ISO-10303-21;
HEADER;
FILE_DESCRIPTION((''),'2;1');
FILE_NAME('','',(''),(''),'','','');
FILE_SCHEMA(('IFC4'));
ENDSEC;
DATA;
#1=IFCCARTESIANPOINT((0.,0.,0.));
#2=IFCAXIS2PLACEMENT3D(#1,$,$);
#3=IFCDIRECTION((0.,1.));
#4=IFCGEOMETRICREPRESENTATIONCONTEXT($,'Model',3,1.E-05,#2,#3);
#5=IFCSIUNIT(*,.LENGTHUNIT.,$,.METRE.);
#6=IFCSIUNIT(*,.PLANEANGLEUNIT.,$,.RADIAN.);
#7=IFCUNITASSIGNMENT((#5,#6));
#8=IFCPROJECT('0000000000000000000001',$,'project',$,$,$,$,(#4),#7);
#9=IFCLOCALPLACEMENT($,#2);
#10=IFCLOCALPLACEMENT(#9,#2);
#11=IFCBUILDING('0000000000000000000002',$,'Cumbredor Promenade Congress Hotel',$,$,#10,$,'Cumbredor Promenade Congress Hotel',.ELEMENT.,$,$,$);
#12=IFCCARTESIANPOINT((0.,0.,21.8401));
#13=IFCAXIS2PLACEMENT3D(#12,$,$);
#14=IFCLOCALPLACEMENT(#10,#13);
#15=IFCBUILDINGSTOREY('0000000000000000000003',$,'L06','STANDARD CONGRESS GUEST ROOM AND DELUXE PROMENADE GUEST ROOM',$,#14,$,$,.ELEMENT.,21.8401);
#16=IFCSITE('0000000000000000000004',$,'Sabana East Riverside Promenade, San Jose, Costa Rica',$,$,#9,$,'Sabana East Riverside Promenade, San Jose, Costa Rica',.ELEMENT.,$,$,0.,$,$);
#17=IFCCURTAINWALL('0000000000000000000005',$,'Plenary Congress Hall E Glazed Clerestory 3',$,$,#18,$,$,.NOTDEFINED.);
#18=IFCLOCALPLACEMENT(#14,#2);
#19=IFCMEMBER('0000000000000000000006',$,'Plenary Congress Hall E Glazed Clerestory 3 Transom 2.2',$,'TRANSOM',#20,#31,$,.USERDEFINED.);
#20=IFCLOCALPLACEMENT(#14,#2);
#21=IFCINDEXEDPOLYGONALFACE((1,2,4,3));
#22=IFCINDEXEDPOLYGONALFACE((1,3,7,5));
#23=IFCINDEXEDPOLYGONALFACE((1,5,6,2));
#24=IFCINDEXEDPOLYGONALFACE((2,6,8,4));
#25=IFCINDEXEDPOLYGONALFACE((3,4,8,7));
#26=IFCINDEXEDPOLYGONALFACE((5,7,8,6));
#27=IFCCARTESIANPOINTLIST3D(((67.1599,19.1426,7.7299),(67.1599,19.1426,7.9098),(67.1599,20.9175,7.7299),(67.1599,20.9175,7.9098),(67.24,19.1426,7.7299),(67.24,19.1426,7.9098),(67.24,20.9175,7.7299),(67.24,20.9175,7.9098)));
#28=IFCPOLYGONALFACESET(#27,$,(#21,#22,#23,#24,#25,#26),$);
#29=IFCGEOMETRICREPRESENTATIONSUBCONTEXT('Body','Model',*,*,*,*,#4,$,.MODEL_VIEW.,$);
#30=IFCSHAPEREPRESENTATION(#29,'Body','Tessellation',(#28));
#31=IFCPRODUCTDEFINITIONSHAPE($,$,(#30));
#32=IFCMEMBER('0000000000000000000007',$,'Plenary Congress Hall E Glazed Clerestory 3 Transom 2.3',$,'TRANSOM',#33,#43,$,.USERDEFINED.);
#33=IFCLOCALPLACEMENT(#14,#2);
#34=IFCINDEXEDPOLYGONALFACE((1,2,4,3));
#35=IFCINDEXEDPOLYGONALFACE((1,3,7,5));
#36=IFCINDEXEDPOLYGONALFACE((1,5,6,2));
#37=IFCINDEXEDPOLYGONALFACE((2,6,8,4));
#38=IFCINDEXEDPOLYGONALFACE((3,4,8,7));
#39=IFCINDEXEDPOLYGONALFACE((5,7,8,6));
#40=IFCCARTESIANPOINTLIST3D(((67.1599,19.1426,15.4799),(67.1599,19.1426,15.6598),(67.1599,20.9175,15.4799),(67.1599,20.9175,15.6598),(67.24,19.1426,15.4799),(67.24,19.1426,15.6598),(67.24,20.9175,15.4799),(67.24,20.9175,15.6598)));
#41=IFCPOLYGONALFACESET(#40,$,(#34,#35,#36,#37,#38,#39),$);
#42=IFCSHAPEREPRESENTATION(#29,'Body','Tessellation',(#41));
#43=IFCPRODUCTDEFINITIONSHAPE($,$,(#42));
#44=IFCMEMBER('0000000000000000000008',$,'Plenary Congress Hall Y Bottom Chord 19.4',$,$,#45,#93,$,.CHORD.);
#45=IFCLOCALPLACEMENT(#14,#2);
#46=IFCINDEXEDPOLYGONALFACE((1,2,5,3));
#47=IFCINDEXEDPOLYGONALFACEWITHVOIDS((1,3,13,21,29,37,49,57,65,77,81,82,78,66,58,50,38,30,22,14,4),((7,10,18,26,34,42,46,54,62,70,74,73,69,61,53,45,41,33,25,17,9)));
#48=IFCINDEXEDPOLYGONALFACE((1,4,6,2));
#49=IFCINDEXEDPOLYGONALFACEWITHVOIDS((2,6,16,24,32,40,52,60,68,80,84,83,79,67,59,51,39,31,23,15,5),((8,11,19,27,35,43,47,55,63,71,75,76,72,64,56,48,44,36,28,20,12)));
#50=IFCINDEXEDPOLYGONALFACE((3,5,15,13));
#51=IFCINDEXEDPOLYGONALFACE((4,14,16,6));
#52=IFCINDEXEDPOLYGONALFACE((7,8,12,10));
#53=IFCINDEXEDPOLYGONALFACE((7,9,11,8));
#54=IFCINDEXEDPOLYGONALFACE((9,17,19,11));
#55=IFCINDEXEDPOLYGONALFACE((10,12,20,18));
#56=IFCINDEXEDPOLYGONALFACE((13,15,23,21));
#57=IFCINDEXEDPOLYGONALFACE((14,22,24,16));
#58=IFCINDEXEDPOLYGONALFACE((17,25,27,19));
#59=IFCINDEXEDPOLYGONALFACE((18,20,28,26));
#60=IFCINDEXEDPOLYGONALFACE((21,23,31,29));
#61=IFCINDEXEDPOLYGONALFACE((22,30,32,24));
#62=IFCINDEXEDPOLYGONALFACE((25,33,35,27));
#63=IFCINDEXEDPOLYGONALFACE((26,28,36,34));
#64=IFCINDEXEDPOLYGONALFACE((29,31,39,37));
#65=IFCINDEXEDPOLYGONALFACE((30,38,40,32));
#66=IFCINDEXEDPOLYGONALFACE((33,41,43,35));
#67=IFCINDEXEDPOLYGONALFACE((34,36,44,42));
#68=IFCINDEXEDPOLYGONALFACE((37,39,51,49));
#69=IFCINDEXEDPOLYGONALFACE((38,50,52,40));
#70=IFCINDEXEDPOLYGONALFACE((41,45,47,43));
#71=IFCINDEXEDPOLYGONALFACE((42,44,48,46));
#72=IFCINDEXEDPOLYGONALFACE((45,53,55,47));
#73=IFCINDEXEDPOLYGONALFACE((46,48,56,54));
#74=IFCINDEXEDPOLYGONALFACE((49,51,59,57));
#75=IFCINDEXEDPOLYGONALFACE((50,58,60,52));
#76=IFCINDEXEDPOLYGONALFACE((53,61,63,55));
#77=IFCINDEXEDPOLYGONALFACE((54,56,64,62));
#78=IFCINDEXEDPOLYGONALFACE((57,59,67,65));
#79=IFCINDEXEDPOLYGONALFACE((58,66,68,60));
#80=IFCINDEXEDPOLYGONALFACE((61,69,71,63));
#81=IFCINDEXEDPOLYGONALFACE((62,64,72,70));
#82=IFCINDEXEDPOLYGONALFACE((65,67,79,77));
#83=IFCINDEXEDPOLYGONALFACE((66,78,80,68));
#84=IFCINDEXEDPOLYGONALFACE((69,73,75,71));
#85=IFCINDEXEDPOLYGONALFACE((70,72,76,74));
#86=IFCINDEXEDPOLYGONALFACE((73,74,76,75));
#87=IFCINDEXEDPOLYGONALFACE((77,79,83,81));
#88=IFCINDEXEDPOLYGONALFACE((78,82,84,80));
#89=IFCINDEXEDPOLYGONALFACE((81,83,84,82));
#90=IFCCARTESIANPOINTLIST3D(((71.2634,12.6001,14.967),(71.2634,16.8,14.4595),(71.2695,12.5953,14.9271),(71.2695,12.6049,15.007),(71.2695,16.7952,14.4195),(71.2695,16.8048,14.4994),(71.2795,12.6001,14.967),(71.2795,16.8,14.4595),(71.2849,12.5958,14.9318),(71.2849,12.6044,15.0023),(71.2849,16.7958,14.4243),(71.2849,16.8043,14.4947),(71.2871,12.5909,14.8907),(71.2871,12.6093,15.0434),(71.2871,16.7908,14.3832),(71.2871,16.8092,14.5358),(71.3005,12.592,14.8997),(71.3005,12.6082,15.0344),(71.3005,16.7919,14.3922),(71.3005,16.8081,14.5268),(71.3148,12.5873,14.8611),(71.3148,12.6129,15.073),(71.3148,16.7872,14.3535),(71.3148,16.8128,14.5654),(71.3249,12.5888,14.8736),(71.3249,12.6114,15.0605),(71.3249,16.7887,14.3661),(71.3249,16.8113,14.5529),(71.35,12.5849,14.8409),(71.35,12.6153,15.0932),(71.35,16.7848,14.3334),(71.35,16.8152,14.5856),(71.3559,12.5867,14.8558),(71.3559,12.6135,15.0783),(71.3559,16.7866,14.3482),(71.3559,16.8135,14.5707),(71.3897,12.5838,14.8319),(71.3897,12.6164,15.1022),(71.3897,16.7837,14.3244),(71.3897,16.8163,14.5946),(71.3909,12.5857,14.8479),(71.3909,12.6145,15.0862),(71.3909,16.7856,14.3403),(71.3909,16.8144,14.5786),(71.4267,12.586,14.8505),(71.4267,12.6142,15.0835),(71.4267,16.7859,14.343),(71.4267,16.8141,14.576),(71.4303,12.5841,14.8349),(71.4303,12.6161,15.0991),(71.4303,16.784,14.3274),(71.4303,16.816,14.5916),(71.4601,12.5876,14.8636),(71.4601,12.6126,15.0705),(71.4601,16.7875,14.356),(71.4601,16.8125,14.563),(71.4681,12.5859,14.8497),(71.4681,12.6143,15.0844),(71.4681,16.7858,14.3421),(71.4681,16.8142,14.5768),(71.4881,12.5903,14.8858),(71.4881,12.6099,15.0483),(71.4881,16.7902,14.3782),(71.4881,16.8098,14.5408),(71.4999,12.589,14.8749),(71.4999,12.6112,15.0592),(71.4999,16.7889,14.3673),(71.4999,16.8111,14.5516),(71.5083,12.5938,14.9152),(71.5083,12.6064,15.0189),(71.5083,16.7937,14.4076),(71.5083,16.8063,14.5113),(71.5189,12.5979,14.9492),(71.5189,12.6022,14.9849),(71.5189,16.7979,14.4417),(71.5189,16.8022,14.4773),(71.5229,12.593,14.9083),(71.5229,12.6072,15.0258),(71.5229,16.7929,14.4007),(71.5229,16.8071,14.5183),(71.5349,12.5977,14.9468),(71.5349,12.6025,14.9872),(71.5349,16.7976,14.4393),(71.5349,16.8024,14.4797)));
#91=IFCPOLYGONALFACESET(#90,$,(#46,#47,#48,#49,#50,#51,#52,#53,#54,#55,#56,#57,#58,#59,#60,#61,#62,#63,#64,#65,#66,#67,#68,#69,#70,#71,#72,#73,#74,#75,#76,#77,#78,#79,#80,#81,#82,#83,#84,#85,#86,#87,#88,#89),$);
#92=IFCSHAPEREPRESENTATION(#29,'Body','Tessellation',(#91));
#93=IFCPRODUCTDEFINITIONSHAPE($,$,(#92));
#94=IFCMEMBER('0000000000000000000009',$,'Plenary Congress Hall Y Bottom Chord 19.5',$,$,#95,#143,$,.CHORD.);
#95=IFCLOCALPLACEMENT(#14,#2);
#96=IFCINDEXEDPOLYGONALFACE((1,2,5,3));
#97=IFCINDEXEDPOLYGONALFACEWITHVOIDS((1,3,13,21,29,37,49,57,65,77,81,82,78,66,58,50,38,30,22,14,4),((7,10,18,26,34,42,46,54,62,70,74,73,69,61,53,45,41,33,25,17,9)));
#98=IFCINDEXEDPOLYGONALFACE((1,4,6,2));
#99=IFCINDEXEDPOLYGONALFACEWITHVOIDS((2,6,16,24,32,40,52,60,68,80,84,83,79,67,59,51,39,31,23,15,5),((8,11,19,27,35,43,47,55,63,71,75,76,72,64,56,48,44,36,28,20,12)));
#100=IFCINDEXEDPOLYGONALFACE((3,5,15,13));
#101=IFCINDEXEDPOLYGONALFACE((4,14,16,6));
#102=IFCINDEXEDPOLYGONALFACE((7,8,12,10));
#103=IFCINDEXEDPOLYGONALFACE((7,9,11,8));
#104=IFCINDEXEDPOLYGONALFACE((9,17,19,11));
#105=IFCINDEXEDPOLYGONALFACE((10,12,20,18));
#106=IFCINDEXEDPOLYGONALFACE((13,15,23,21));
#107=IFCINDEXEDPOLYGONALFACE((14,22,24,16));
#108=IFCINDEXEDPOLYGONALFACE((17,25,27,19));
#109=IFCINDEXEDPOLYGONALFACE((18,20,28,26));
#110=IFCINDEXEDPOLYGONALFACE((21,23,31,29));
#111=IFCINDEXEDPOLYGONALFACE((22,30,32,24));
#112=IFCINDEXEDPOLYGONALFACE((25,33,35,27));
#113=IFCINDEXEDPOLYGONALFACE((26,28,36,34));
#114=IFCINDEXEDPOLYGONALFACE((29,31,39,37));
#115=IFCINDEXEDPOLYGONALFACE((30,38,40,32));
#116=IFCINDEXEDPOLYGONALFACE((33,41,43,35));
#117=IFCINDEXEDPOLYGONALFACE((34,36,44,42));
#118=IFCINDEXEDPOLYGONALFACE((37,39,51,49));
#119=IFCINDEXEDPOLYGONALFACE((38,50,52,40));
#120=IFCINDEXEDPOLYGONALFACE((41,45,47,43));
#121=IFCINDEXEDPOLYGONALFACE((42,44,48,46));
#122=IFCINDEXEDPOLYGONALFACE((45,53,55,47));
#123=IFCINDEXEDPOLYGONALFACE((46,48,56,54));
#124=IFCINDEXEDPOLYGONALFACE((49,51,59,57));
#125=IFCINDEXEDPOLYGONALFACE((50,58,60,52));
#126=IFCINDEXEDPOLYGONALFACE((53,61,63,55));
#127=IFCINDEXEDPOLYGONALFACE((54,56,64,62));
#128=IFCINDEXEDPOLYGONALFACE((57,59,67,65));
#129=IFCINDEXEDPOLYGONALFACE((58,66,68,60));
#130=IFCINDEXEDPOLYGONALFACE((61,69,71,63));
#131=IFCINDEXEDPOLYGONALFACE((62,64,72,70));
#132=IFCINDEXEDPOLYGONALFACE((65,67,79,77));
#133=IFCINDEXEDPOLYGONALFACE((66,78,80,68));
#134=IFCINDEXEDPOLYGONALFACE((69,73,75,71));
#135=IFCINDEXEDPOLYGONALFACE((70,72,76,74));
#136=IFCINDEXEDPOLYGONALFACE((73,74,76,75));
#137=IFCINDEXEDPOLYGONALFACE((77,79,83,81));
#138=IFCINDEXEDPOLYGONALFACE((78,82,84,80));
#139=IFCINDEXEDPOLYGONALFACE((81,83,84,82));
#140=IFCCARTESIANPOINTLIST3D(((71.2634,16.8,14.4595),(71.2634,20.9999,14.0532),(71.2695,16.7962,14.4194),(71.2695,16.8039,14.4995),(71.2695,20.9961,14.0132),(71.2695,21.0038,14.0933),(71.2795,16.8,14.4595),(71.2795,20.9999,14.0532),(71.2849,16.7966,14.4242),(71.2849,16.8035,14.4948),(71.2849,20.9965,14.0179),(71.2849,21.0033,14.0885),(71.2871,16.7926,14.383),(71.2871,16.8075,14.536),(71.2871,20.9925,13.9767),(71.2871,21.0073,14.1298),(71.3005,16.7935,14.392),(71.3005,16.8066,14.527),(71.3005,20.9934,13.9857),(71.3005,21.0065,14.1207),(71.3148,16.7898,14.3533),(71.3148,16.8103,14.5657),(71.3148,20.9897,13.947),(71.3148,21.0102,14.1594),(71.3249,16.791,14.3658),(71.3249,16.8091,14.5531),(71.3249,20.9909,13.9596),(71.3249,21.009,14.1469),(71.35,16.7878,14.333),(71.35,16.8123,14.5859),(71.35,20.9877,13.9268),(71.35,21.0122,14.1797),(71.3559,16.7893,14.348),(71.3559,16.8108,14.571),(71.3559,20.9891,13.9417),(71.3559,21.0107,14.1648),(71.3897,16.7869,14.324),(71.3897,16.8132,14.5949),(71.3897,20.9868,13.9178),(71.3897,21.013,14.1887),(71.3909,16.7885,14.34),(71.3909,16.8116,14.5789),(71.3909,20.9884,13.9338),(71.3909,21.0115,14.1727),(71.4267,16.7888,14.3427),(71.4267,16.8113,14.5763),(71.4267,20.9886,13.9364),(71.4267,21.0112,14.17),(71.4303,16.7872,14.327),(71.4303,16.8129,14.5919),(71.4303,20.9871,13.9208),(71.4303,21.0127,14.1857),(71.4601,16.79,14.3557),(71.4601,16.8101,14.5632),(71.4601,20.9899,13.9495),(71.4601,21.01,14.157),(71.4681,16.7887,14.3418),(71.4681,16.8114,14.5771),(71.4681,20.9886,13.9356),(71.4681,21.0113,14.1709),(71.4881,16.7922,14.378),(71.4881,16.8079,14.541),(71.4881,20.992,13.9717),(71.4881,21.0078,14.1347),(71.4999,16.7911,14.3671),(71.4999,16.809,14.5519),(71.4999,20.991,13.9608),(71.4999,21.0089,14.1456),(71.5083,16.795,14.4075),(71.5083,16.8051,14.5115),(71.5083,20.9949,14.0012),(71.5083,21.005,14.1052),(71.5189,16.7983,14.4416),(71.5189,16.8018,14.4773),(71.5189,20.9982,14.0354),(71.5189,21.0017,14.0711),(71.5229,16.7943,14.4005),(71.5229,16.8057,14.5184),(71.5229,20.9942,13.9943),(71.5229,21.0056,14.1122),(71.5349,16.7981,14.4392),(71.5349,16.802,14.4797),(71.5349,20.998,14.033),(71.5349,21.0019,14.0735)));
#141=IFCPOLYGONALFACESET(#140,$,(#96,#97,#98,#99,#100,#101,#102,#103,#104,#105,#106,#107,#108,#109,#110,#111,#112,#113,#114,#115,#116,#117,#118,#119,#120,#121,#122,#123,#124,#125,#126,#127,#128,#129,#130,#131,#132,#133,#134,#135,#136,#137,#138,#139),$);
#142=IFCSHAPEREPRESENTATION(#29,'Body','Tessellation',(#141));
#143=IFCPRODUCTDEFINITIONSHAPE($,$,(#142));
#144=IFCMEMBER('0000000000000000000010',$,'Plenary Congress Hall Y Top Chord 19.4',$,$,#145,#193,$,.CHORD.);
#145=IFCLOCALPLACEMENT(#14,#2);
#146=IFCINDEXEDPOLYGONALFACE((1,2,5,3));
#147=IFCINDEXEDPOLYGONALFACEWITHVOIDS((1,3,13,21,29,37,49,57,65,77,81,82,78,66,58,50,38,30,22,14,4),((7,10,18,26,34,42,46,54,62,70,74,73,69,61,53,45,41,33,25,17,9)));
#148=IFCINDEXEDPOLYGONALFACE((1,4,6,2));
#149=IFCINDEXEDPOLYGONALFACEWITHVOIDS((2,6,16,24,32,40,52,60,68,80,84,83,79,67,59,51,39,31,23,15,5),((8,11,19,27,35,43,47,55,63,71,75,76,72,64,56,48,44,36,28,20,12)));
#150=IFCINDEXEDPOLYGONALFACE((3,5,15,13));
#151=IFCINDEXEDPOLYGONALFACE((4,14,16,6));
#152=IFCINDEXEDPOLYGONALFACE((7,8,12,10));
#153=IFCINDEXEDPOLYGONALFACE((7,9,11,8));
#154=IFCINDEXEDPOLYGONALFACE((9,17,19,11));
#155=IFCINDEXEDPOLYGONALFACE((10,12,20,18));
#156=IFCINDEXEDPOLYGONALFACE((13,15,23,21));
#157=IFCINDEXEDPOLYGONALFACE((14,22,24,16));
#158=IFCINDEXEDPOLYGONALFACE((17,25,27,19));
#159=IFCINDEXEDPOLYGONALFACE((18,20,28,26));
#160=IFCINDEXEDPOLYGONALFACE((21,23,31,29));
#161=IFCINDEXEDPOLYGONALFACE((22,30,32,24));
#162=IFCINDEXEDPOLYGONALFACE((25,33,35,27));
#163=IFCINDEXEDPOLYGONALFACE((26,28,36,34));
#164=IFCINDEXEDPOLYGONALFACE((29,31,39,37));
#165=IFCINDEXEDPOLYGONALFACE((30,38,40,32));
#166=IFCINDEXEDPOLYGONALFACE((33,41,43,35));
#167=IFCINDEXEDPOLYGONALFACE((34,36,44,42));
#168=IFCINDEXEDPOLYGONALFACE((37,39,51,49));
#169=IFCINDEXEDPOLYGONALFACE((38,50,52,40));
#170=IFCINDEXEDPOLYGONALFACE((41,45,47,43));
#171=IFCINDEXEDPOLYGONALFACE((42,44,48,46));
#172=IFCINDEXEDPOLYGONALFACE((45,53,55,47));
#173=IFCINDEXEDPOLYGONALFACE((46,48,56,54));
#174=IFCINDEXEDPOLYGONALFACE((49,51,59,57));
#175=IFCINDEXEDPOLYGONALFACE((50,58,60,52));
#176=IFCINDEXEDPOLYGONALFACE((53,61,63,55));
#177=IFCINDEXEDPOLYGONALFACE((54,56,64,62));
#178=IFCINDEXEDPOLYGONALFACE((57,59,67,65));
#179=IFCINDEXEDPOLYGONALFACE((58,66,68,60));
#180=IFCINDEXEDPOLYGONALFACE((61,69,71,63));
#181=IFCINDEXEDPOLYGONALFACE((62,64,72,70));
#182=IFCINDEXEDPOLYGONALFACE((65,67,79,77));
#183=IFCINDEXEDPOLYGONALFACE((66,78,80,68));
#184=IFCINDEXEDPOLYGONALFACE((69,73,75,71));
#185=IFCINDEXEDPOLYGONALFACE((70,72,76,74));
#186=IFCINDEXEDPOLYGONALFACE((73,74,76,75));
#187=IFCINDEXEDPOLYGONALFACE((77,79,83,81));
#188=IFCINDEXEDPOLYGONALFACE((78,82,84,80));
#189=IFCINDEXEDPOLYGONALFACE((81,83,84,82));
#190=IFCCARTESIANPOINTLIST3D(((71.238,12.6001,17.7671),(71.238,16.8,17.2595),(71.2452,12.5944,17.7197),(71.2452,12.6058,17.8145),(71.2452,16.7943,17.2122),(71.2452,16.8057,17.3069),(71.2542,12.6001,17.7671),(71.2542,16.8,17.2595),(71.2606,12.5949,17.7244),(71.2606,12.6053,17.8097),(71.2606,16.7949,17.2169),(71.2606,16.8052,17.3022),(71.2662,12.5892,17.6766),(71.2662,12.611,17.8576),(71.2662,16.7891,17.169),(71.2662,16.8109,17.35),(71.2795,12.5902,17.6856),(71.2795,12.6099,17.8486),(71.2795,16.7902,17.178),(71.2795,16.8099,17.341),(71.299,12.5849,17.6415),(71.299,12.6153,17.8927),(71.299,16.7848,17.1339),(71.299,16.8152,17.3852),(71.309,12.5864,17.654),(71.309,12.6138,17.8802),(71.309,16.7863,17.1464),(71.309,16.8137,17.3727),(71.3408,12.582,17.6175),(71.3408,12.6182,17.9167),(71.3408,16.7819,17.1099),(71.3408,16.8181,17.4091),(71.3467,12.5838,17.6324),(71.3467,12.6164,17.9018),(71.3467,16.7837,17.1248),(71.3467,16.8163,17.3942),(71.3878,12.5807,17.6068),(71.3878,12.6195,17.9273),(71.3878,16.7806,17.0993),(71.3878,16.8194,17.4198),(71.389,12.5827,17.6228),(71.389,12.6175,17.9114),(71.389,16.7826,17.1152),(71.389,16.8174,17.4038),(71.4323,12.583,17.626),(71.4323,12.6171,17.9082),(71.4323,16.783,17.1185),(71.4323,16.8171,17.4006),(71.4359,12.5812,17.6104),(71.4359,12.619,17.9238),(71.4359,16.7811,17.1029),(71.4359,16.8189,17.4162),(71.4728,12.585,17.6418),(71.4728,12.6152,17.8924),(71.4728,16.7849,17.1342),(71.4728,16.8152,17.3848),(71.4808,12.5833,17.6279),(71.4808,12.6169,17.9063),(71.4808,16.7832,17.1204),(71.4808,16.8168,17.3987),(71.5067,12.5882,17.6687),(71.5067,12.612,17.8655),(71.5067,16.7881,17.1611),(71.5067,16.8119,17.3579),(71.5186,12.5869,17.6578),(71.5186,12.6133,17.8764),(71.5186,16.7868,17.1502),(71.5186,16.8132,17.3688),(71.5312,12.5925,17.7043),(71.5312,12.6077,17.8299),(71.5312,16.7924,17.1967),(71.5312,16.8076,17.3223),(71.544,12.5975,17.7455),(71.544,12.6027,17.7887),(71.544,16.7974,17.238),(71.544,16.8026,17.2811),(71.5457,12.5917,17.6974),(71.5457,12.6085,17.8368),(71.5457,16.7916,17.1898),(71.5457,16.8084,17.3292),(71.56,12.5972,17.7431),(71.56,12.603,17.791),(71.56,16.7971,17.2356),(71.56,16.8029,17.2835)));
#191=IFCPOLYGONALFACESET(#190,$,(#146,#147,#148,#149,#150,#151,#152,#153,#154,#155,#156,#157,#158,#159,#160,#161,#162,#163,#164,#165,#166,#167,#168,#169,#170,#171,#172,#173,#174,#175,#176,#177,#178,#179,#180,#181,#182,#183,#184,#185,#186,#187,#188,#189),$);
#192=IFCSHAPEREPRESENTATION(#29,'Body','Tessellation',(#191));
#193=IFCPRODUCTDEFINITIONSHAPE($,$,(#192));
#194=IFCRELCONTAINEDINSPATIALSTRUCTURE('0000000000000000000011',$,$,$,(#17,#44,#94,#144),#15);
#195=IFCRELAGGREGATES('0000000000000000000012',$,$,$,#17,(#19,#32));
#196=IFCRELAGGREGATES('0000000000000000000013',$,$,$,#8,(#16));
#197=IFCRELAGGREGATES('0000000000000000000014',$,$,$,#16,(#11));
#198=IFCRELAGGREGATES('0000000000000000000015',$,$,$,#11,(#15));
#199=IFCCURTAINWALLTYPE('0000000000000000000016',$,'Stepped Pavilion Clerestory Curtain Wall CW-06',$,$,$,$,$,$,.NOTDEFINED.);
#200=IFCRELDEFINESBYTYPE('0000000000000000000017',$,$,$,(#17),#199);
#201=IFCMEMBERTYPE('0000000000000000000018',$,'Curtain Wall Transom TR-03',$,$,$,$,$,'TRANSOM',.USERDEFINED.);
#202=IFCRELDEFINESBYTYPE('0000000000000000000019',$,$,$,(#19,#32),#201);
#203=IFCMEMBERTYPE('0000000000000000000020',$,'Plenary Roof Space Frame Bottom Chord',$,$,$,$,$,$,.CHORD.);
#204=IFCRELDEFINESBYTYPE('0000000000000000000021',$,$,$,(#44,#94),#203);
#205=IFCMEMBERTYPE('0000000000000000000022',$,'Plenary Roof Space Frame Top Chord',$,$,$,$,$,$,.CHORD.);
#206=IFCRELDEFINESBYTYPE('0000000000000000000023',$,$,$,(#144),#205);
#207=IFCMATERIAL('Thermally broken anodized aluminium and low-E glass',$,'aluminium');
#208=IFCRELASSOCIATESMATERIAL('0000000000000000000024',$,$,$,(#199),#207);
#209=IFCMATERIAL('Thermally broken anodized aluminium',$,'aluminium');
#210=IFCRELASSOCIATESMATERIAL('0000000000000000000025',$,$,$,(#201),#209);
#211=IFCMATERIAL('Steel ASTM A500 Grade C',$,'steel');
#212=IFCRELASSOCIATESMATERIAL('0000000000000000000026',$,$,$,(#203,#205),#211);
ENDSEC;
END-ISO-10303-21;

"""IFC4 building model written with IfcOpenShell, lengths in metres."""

from ifc_helpers import new_model, si_unit, direction, frame, origin, origin_2d, place, context, subcontext, project, spatial, rectangle, hollow_circle, extrude, material, material_profile, profile_set, type_object, element, aggregate, save


model = new_model("IFC4")

# Units and contexts
model_context = context("Model", 3, precision=1e-05, world=origin(), true_north=direction((0.0, 1.0)))
body_context = subcontext(model_context, "Body", "Model", "MODEL_VIEW")
ifc_project = project(units=[si_unit("LENGTHUNIT", "METRE"), si_unit("PLANEANGLEUNIT", "RADIAN")], contexts=[model_context])

# Site, building, storey
site_placement = place(None, origin())
site = spatial("IfcSite", under=ifc_project, at=site_placement, Name="Sabana East Riverside Promenade, San Jose, Costa Rica", LongName="Sabana East Riverside Promenade, San Jose, Costa Rica", CompositionType="ELEMENT", RefElevation=0.0)
building_placement = place(site_placement, origin())
building = spatial("IfcBuilding", under=site, at=building_placement, Name="Cumbredor Promenade Congress Hotel", LongName="Cumbredor Promenade Congress Hotel", CompositionType="ELEMENT")
storey_placement = place(building_placement, frame((0.0, 0.0, 21.8401)))
storey = spatial("IfcBuildingStorey", under=building, at=storey_placement, Name="L06", Description="STANDARD CONGRESS GUEST ROOM AND DELUXE PROMENADE GUEST ROOM", CompositionType="ELEMENT", Elevation=21.8401)

# Curtain wall
ifc_material_1 = material(Name="Thermally broken anodized aluminium and low-E glass", Category="aluminium")
curtain_wall_type = type_object("IfcCurtainWallType", Name="Stepped Pavilion Clerestory Curtain Wall CW-06", PredefinedType="NOTDEFINED", material=ifc_material_1)
ifc_material_2 = material(Name="Thermally broken anodized aluminium", Category="aluminium")
curtain_wall_1_placement = place(storey_placement, origin())
curtain_wall_1 = element("IfcCurtainWall", 1, at=curtain_wall_1_placement, inside=storey, type_object=curtain_wall_type, Name="Plenary Congress Hall E Glazed Clerestory 3", PredefinedType="NOTDEFINED")

# Members
ifc_material_profile_1 = material_profile(ifc_material_2, rectangle(XDim=0.0801, YDim=0.1799, at=origin_2d()), Name="ALU TRANSOM 80x180")
ifc_profile_set_1 = profile_set([ifc_material_profile_1], Name="Thermally broken anodized aluminium")
member_type_1 = type_object("IfcMemberType", Name="Curtain Wall Transom TR-03", ElementType="TRANSOM", PredefinedType="USERDEFINED", material=ifc_profile_set_1)
member_1_placement = place(storey_placement, frame((67.2, 19.1426, 7.8198), z_axis=(0.0, 1.0, 0.0), x_axis=(-1.0, 0.0, 0.0)))
member_1 = element("IfcMember", 2, at=member_1_placement, type_object=member_type_1, Name="Plenary Congress Hall E Glazed Clerestory 3 Transom 2.2", ObjectType="TRANSOM", PredefinedType="USERDEFINED", context=body_context, shape_type="SweptSolid", body=[
    extrude(rectangle(XDim=0.0801, YDim=0.1799, at=origin_2d()), origin(), (0.0, 0.0, 1.0), 1.7749),
])
member_2_placement = place(storey_placement, frame((67.2, 19.1426, 15.5698), z_axis=(0.0, 1.0, 0.0), x_axis=(-1.0, 0.0, 0.0)))
member_2 = element("IfcMember", 3, at=member_2_placement, type_object=member_type_1, Name="Plenary Congress Hall E Glazed Clerestory 3 Transom 2.3", ObjectType="TRANSOM", PredefinedType="USERDEFINED", context=body_context, shape_type="SweptSolid", body=[
    extrude(rectangle(XDim=0.0801, YDim=0.1799, at=origin_2d()), origin(), (0.0, 0.0, 1.0), 1.7749),
])

# Members
ifc_material_3 = material(Name="Steel ASTM A500 Grade C", Category="steel")
ifc_material_profile_2 = material_profile(ifc_material_3, hollow_circle(Radius=0.1365, WallThickness=0.0161, at=origin_2d()), Name="CHS 273.0x16")
ifc_profile_set_2 = profile_set([ifc_material_profile_2], Name="Steel ASTM A500 Grade C")
member_type_2 = type_object("IfcMemberType", Name="Plenary Roof Space Frame Bottom Chord", PredefinedType="CHORD", material=ifc_profile_set_2)
member_3_placement = place(storey_placement, frame((71.3999, 12.6001, 14.967), z_axis=(0.0, 0.992777, -0.119978), x_axis=(-1.0, 0.0, 0.0)))
element("IfcMember", 4, at=member_3_placement, inside=storey, type_object=member_type_2, Name="Plenary Congress Hall Y Bottom Chord 19.4", PredefinedType="CHORD", context=body_context, shape_type="SweptSolid", body=[
    extrude(hollow_circle(Radius=0.1365, WallThickness=0.0161, at=origin_2d()), origin(), (0.0, 0.0, 1.0), 4.2305),
])
member_4_placement = place(storey_placement, frame((71.3999, 16.8, 14.4595), z_axis=(0.0, 0.995354, -0.096278), x_axis=(-1.0, 0.0, 0.0)))
element("IfcMember", 5, at=member_4_placement, inside=storey, type_object=member_type_2, Name="Plenary Congress Hall Y Bottom Chord 19.5", PredefinedType="CHORD", context=body_context, shape_type="SweptSolid", body=[
    extrude(hollow_circle(Radius=0.1365, WallThickness=0.0161, at=origin_2d()), origin(), (0.0, 0.0, 1.0), 4.2195),
])
ifc_material_profile_3 = material_profile(ifc_material_3, hollow_circle(Radius=0.1619, WallThickness=0.0161, at=origin_2d()), Name="CHS 323.9x16")
ifc_profile_set_3 = profile_set([ifc_material_profile_3], Name="Steel ASTM A500 Grade C")
member_type_3 = type_object("IfcMemberType", Name="Plenary Roof Space Frame Top Chord", PredefinedType="CHORD", material=ifc_profile_set_3)
member_5_placement = place(storey_placement, frame((71.3999, 12.6001, 17.7671), z_axis=(0.0, 0.992777, -0.119978), x_axis=(-1.0, 0.0, 0.0)))
element("IfcMember", 6, at=member_5_placement, inside=storey, type_object=member_type_3, Name="Plenary Congress Hall Y Top Chord 19.4", PredefinedType="CHORD", context=body_context, shape_type="SweptSolid", body=[
    extrude(hollow_circle(Radius=0.1619, WallThickness=0.0161, at=origin_2d()), origin(), (0.0, 0.0, 1.0), 4.2305),
])

aggregate(curtain_wall_1, [member_1, member_2])

save(model, "model.ifc")
